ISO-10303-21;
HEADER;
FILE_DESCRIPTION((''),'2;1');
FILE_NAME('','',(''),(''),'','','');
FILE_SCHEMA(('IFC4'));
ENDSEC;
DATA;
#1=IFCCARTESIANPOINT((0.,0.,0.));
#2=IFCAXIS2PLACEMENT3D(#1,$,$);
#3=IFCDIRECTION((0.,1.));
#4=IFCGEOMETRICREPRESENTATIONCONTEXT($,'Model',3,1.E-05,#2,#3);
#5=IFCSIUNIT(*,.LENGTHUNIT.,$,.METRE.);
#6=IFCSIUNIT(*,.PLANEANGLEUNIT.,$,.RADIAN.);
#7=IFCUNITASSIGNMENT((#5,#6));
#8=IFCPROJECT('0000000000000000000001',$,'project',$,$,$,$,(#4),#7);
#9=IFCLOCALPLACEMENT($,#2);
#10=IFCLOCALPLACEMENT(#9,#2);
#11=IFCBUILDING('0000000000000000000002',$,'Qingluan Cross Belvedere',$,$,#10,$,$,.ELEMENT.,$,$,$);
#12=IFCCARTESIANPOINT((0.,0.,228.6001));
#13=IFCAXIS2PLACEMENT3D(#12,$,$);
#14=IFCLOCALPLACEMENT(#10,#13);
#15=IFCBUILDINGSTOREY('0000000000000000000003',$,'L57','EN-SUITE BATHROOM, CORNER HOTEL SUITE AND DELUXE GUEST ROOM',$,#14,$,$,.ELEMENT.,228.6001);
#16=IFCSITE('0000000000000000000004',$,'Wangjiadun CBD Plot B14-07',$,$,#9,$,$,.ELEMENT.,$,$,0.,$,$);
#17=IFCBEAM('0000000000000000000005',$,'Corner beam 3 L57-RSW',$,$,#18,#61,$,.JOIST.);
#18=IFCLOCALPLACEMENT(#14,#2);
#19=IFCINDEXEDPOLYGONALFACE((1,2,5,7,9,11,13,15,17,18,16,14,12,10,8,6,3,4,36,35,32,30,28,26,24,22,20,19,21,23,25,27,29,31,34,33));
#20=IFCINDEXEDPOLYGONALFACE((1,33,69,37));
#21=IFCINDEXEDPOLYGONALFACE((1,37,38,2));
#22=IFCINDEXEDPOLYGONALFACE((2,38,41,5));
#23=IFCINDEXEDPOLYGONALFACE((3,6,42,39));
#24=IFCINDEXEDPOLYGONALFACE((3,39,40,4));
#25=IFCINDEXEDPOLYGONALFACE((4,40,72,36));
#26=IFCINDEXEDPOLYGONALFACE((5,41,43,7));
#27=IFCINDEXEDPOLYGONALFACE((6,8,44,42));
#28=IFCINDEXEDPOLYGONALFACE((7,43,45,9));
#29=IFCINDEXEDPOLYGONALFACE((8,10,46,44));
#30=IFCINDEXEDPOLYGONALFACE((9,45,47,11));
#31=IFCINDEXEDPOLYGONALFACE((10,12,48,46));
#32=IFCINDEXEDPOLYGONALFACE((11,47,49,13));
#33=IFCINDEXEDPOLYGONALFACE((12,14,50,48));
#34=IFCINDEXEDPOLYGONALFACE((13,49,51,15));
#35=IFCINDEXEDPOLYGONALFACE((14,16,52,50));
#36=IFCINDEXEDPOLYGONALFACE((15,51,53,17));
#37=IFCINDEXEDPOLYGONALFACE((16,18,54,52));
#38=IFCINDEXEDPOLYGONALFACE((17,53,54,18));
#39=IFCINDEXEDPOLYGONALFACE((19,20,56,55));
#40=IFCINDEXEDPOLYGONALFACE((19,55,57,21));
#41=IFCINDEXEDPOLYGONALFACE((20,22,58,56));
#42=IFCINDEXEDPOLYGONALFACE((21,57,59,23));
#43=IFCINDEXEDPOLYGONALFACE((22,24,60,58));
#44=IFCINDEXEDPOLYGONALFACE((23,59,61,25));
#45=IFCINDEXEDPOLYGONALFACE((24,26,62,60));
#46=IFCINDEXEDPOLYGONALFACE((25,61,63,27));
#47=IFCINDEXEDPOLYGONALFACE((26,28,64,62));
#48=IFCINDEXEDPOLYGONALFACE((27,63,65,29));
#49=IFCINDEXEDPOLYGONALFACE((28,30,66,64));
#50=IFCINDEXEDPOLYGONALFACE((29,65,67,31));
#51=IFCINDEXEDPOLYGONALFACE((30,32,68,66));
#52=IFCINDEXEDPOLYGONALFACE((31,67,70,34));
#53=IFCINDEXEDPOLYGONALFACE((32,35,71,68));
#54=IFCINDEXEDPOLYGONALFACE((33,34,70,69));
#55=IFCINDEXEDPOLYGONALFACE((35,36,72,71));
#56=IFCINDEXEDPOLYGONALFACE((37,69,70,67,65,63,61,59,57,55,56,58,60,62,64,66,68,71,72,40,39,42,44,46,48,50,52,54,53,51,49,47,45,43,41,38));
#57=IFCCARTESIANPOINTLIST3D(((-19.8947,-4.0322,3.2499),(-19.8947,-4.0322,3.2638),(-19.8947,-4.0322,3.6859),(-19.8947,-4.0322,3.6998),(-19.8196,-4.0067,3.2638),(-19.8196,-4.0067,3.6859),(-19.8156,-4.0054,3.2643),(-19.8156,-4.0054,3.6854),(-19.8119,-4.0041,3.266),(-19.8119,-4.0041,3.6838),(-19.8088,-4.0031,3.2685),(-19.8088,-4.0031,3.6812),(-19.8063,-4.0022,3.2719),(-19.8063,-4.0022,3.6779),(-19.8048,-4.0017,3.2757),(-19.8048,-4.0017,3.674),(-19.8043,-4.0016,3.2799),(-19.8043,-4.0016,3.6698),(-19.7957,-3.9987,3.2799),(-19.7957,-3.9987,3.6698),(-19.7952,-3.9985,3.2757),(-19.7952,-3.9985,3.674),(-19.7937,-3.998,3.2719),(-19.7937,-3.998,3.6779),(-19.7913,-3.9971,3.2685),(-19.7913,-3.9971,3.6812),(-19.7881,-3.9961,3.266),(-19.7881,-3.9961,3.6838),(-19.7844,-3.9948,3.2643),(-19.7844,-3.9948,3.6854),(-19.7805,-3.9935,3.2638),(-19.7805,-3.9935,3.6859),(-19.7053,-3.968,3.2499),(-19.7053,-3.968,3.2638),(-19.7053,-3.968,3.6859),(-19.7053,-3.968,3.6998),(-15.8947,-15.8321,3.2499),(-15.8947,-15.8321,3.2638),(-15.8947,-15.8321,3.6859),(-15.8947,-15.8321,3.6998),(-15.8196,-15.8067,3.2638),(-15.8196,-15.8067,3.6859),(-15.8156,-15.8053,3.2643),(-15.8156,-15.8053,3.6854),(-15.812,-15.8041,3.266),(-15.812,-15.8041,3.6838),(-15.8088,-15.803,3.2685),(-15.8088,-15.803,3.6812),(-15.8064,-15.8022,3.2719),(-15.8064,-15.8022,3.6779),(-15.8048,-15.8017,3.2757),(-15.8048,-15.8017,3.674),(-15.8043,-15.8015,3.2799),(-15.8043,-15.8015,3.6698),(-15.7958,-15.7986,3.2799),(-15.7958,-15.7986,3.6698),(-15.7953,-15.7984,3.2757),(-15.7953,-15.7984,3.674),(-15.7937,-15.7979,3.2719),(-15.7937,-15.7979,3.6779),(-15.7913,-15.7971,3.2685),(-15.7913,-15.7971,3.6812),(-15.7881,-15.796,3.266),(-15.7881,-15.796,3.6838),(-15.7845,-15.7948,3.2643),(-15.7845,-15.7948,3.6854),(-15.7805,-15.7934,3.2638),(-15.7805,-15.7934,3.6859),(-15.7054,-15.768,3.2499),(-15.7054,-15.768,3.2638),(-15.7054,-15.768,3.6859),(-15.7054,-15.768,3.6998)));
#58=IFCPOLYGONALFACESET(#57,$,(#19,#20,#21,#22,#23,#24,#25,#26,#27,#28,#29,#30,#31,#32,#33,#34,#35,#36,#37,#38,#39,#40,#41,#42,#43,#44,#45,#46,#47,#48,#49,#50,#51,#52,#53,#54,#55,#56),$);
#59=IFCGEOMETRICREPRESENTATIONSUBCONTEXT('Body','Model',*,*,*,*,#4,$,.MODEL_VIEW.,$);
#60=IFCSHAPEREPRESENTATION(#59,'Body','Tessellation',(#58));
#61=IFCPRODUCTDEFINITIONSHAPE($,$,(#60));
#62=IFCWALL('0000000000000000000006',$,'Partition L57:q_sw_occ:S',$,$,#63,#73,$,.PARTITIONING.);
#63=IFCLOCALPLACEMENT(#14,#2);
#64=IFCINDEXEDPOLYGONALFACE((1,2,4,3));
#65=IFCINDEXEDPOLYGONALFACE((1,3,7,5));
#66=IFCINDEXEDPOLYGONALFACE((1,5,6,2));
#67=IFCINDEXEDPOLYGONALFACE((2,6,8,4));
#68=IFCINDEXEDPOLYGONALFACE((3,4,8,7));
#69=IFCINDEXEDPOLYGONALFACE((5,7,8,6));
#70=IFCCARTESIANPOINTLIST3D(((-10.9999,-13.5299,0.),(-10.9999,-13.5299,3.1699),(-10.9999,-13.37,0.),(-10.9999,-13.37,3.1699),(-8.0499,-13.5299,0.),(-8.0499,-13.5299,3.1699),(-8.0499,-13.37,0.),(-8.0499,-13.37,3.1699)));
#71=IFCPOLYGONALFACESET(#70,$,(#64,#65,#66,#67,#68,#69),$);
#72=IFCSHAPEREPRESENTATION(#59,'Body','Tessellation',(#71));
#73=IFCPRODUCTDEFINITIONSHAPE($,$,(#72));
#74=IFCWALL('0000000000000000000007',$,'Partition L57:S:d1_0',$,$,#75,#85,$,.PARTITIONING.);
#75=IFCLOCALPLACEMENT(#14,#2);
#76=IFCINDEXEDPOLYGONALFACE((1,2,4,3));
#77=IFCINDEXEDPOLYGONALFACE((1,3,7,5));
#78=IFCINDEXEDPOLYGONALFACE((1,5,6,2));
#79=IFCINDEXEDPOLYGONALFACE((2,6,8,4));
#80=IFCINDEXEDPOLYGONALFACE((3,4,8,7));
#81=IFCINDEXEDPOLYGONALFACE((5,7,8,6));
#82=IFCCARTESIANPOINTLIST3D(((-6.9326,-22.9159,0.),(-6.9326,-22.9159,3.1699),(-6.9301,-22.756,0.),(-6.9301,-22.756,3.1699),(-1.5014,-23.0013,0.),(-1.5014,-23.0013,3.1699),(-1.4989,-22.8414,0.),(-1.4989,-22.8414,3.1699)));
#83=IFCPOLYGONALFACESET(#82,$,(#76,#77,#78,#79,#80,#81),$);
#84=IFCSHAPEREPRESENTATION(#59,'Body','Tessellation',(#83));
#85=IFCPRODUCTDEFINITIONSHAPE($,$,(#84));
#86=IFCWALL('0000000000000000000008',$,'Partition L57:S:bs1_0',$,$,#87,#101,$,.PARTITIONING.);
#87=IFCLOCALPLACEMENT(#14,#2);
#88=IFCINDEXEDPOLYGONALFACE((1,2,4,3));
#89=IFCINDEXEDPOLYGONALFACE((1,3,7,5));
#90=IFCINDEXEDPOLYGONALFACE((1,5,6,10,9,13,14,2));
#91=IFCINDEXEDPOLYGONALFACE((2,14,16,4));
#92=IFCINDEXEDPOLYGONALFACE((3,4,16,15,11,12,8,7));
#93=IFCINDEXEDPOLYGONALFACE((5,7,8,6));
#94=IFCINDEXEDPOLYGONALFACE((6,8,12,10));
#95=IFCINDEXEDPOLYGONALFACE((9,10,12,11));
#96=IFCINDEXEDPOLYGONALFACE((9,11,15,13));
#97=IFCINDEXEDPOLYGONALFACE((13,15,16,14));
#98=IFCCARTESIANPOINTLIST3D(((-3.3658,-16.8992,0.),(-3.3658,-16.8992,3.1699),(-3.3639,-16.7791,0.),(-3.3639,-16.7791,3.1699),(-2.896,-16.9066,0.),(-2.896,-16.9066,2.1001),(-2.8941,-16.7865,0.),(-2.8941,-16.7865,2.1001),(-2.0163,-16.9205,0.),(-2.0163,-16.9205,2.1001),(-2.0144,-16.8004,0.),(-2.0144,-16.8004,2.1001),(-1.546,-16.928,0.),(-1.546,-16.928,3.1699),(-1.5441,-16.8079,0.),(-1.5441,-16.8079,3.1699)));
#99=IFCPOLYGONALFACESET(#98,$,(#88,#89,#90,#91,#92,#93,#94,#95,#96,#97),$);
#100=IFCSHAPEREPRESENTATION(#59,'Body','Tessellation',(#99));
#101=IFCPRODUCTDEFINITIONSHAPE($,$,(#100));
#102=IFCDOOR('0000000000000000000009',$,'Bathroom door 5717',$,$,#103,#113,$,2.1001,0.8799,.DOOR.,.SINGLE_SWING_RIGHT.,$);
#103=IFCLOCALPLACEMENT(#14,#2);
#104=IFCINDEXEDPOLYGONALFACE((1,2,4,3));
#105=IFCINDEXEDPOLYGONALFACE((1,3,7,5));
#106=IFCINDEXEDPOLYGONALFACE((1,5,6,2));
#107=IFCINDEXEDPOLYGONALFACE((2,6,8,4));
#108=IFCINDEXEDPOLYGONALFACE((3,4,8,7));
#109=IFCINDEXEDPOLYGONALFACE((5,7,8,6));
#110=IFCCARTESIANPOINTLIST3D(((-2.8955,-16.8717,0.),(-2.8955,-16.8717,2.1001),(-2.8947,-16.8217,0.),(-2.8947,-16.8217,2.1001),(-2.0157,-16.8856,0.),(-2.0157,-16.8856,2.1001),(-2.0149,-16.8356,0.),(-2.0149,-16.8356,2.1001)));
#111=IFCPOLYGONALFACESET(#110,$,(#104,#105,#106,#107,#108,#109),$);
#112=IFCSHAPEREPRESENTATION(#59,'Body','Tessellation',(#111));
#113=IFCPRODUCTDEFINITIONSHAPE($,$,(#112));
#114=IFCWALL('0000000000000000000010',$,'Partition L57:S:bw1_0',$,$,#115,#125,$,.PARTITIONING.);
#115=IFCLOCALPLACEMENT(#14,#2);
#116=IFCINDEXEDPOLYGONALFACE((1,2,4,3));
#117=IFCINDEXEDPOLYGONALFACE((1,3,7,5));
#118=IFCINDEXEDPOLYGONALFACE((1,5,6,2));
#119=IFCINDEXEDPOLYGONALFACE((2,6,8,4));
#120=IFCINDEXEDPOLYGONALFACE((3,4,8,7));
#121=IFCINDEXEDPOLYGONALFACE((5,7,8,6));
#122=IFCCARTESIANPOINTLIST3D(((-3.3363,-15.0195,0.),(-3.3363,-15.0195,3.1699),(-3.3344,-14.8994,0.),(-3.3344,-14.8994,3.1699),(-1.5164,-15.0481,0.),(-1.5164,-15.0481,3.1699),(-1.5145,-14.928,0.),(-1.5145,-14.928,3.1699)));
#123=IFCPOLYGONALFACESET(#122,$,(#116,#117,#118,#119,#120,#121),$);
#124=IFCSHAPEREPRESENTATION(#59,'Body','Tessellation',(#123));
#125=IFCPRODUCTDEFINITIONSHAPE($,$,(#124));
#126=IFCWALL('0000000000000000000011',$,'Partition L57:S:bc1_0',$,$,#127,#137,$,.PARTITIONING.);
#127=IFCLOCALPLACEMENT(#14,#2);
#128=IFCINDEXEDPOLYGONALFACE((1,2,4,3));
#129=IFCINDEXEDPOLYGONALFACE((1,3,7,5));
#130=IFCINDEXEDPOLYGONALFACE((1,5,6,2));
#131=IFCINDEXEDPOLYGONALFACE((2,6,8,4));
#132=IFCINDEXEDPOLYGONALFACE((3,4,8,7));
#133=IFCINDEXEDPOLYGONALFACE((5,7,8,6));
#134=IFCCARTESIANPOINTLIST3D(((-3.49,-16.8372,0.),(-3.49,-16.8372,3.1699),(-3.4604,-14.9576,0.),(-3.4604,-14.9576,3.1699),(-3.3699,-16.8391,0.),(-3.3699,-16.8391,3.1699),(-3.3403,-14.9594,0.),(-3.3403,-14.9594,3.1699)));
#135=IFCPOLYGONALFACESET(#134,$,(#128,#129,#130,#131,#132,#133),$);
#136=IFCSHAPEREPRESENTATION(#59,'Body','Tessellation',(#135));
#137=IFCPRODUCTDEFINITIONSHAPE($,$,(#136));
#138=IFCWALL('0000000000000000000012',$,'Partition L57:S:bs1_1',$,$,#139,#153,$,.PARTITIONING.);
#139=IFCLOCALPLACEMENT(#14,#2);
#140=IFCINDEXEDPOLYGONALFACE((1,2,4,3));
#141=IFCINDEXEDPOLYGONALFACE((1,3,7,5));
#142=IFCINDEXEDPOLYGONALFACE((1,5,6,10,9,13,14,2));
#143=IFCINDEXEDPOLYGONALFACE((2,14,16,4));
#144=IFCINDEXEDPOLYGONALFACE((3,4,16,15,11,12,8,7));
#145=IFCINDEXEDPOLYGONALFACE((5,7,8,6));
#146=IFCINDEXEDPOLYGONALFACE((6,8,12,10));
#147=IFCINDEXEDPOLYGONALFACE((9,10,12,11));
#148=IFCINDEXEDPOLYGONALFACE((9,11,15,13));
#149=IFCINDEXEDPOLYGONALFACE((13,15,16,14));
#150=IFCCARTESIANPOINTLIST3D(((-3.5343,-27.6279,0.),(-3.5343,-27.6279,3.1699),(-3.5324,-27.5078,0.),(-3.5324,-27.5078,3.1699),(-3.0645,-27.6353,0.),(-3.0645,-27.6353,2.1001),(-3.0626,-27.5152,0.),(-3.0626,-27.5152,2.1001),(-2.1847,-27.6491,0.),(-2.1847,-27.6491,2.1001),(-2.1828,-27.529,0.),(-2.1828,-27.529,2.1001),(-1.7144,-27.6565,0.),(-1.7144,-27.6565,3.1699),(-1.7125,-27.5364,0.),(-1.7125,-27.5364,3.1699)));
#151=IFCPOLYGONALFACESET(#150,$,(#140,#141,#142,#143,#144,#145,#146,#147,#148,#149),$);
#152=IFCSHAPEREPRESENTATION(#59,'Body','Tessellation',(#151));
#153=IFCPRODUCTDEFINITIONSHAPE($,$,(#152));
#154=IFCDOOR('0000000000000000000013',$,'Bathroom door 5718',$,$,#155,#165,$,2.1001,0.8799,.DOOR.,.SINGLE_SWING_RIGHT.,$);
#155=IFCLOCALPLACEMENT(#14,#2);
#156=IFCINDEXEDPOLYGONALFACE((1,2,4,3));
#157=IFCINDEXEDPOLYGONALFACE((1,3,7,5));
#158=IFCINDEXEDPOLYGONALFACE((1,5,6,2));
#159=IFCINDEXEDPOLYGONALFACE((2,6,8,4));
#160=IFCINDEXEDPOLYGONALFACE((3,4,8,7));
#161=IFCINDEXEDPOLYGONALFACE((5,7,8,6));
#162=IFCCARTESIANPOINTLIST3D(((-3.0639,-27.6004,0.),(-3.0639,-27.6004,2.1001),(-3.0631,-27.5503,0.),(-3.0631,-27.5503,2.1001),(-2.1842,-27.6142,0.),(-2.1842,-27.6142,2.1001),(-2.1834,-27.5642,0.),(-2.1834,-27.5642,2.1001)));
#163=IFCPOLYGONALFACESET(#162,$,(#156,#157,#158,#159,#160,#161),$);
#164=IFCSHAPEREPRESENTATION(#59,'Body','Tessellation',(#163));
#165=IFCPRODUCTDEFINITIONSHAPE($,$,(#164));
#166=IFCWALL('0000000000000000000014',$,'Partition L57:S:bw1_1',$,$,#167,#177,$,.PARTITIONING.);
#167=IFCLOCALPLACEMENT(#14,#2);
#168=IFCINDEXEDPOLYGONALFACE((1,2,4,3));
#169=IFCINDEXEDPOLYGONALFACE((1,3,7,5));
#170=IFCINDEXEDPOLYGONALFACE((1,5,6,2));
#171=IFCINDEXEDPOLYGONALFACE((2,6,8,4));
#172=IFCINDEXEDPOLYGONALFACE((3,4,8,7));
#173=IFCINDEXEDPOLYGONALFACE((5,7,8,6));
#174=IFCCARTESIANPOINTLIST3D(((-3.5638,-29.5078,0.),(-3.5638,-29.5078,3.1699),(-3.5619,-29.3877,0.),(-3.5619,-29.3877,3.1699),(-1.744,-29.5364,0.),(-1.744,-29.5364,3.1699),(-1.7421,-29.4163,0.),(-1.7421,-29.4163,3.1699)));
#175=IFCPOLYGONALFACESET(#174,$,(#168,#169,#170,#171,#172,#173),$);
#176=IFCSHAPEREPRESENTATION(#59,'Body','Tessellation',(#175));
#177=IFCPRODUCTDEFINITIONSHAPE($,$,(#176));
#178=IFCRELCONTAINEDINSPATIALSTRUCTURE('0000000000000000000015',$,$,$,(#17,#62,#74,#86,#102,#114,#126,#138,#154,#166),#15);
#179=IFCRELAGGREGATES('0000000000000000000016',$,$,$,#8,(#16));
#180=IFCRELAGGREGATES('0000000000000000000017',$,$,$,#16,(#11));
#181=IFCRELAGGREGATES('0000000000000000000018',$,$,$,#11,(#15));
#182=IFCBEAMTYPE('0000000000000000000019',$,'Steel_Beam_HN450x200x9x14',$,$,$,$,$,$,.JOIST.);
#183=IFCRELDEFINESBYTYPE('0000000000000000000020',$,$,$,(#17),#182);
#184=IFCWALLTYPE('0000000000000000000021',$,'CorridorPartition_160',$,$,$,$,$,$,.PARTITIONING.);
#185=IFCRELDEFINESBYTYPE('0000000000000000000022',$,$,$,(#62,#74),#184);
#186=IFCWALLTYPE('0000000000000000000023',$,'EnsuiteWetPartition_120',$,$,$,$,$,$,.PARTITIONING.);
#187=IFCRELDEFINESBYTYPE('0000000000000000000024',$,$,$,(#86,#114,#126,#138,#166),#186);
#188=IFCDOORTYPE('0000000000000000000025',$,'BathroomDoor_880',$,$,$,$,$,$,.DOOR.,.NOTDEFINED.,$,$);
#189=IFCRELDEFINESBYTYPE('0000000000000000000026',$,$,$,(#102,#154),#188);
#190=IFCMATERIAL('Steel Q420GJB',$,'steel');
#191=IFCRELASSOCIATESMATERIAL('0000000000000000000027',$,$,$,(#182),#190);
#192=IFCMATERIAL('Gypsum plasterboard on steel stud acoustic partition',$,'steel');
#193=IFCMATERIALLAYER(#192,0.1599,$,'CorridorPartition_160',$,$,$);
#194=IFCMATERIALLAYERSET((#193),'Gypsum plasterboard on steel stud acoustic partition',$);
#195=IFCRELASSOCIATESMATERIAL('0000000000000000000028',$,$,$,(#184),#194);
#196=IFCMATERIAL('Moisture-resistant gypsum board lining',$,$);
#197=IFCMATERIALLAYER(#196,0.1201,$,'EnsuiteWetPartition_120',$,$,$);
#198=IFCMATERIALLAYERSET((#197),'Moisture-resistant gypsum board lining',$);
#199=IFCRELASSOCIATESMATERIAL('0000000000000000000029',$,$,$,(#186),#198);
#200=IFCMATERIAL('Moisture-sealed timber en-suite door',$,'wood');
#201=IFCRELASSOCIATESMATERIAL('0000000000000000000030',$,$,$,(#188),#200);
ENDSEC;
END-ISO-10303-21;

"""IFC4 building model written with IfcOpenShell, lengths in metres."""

from ifc_helpers import new_model, si_unit, direction, frame, frame_2d, origin, origin_2d, place, context, subcontext, project, spatial, rectangle, i_section, extrude, material, layer, layer_set, material_profile, profile_set, type_object, element, fill, save


model = new_model("IFC4")

# Units and contexts
model_context = context("Model", 3, precision=1e-05, world=origin(), true_north=direction((0.0, 1.0)))
body_context = subcontext(model_context, "Body", "Model", "MODEL_VIEW")
ifc_project = project(units=[si_unit("LENGTHUNIT", "METRE"), si_unit("PLANEANGLEUNIT", "RADIAN")], contexts=[model_context])

# Site, building, storey
site_placement = place(None, origin())
site = spatial("IfcSite", under=ifc_project, at=site_placement, Name="Wangjiadun CBD Plot B14-07", CompositionType="ELEMENT", RefElevation=0.0)
building_placement = place(site_placement, origin())
building = spatial("IfcBuilding", under=site, at=building_placement, Name="Qingluan Cross Belvedere", CompositionType="ELEMENT")
storey_placement = place(building_placement, frame((0.0, 0.0, 228.6001)))
storey = spatial("IfcBuildingStorey", under=building, at=storey_placement, Name="L57", Description="EN-SUITE BATHROOM, CORNER HOTEL SUITE AND DELUXE GUEST ROOM", CompositionType="ELEMENT", Elevation=228.6001)

# Beam
ifc_material_1 = material(Name="Steel Q420GJB", Category="steel")
ifc_material_profile_1 = material_profile(ifc_material_1, i_section(OverallWidth=0.2, OverallDepth=0.45, WebThickness=0.009, FlangeThickness=0.0139, FilletRadius=0.0161, at=origin_2d()), Name="HN450x200x9x14")
ifc_profile_set_1 = profile_set([ifc_material_profile_1], Name="Steel Q420GJB")
beam_type_1 = type_object("IfcBeamType", Name="Steel_Beam_HN450x200x9x14", PredefinedType="JOIST", material=ifc_profile_set_1)
for number, where, z_axis, x_axis, name in (
    (1, (-15.8, -15.8, 3.4749), (-0.321038, 0.947066, 0.0), (-0.947066, -0.321038, 0.0), "Corner beam 3 L57-RSW"),
):
    element("IfcBeam", number, at=place(storey_placement, frame(where, z_axis=z_axis, x_axis=x_axis)), inside=storey, type_object=beam_type_1, Name=name, PredefinedType="JOIST", context=body_context, shape_type="SweptSolid", body=[
        extrude(i_section(OverallWidth=0.2, OverallDepth=0.45, WebThickness=0.009, FlangeThickness=0.0139, FilletRadius=0.0161, at=origin_2d()), origin(), (0.0, 0.0, 1.0), 12.4595),
    ])

# Walls
ifc_material_2 = material(Name="Gypsum plasterboard on steel stud acoustic partition", Category="steel")
ifc_layer_1 = layer(ifc_material_2, 0.1599, Name="CorridorPartition_160")
ifc_layer_set_1 = layer_set([ifc_layer_1], Name="Gypsum plasterboard on steel stud acoustic partition")
wall_type_1 = type_object("IfcWallType", Name="CorridorPartition_160", PredefinedType="PARTITIONING", material=ifc_layer_set_1)
wall_1_placement = place(storey_placement, frame((-11.0, -13.45, 0.0), z_axis=(0.0, 0.0, 1.0), x_axis=(1.0, 0.0, 0.0)))
element("IfcWall", 2, at=wall_1_placement, inside=storey, type_object=wall_type_1, Name="Partition L57:q_sw_occ:S", PredefinedType="PARTITIONING", context=body_context, shape_type="SweptSolid", body=[
    extrude(rectangle(XDim=2.95, YDim=0.1599, at=frame_2d((1.4751, 0.0))), origin(), (0.0, 0.0, 1.0), 3.1699),
])
wall_2_placement = place(storey_placement, frame((-1.5002, -22.9214, 0.0), z_axis=(0.0, 0.0, 1.0), x_axis=(-0.999876, 0.015731, 0.0)))
element("IfcWall", 3, at=wall_2_placement, inside=storey, type_object=wall_type_1, Name="Partition L57:S:d1_0", PredefinedType="PARTITIONING", context=body_context, shape_type="SweptSolid", body=[
    extrude(rectangle(XDim=5.4319, YDim=0.1599, at=frame_2d((2.7158, 0.0))), origin(), (0.0, 0.0, 1.0), 3.1699),
])

# Wall, opening, door
ifc_material_3 = material(Name="Moisture-resistant gypsum board lining")
ifc_layer_2 = layer(ifc_material_3, 0.1201, Name="EnsuiteWetPartition_120")
ifc_layer_set_2 = layer_set([ifc_layer_2], Name="Moisture-resistant gypsum board lining")
wall_type_2 = type_object("IfcWallType", Name="EnsuiteWetPartition_120", PredefinedType="PARTITIONING", material=ifc_layer_set_2)
wall_3_placement = place(storey_placement, frame((-3.365, -16.8391, 0.0), z_axis=(0.0, 0.0, 1.0), x_axis=(0.999875, -0.015828, 0.0)))
wall_3 = element("IfcWall", 4, at=wall_3_placement, inside=storey, type_object=wall_type_2, Name="Partition L57:S:bs1_0", PredefinedType="PARTITIONING", context=body_context, shape_type="SweptSolid", body=[
    extrude(rectangle(XDim=1.8201, YDim=0.1201, at=frame_2d((0.9102, 0.0))), origin(), (0.0, 0.0, 1.0), 3.1699),
])
opening_1_placement = place(wall_3_placement, frame((0.47, 0.0, 0.0)))
opening_1 = element("IfcOpeningElement", 5, at=opening_1_placement, cuts=wall_3, PredefinedType="OPENING", context=body_context, shape_type="SweptSolid", body=[
    extrude(rectangle(XDim=0.8799, YDim=2.1001, at=frame_2d((0.4399, 1.05))), frame((0.0, 0.0701, 0.0), z_axis=(0.0, -1.0, 0.0), x_axis=(1.0, 0.0, 0.0)), (0.0, 0.0, 1.0), 0.1401),
])
ifc_material_4 = material(Name="Moisture-sealed timber en-suite door", Category="wood")
door_type = type_object("IfcDoorType", Name="BathroomDoor_880", OperationType="NOTDEFINED", PredefinedType="DOOR", material=ifc_material_4)
door_1_placement = place(opening_1_placement, origin())
door_1 = element("IfcDoor", 6, at=door_1_placement, inside=storey, type_object=door_type, Name="Bathroom door 5717", OperationType="SINGLE_SWING_RIGHT", OverallHeight=2.1001, OverallWidth=0.8799, PredefinedType="DOOR", context=body_context, shape_type="SweptSolid", body=[
    extrude(rectangle(XDim=0.8799, YDim=2.1001, at=frame_2d((0.4399, 1.05))), frame((0.0, 0.0249, 0.0), z_axis=(0.0, -1.0, 0.0), x_axis=(1.0, 0.0, 0.0)), (0.0, 0.0, 1.0), 0.05),
])
fill(opening_1, door_1)

# Walls
wall_4_placement = place(storey_placement, frame((-3.3354, -14.9595, 0.0), z_axis=(0.0, 0.0, 1.0), x_axis=(0.999877, -0.015694, 0.0)))
element("IfcWall", 7, at=wall_4_placement, inside=storey, type_object=wall_type_2, Name="Partition L57:S:bw1_0", PredefinedType="PARTITIONING", context=body_context, shape_type="SweptSolid", body=[
    extrude(rectangle(XDim=1.8201, YDim=0.1201, at=frame_2d((0.9102, 0.0))), origin(), (0.0, 0.0, 1.0), 3.1699),
])
wall_5_placement = place(storey_placement, frame((-3.4004, -14.9585, 0.0), z_axis=(0.0, 0.0, 1.0), x_axis=(-0.015714, -0.999877, 0.0)))
element("IfcWall", 8, at=wall_5_placement, inside=storey, type_object=wall_type_2, Name="Partition L57:S:bc1_0", PredefinedType="PARTITIONING", context=body_context, shape_type="SweptSolid", body=[
    extrude(rectangle(XDim=1.8799, YDim=0.1201, at=frame_2d((0.9399, 0.0))), origin(), (0.0, 0.0, 1.0), 3.1699),
])

# Wall, opening, door
wall_6_placement = place(storey_placement, frame((-3.5334, -27.5679, 0.0), z_axis=(0.0, 0.0, 1.0), x_axis=(0.999877, -0.015694, 0.0)))
wall_6 = element("IfcWall", 9, at=wall_6_placement, inside=storey, type_object=wall_type_2, Name="Partition L57:S:bs1_1", PredefinedType="PARTITIONING", context=body_context, shape_type="SweptSolid", body=[
    extrude(rectangle(XDim=1.8201, YDim=0.1201, at=frame_2d((0.9102, 0.0))), origin(), (0.0, 0.0, 1.0), 3.1699),
])
opening_2_placement = place(wall_6_placement, frame((0.47, 0.0, 0.0)))
opening_2 = element("IfcOpeningElement", 10, at=opening_2_placement, cuts=wall_6, PredefinedType="OPENING", context=body_context, shape_type="SweptSolid", body=[
    extrude(rectangle(XDim=0.8799, YDim=2.1001, at=frame_2d((0.4399, 1.05))), frame((0.0, 0.0701, 0.0), z_axis=(0.0, -1.0, 0.0), x_axis=(1.0, 0.0, 0.0)), (0.0, 0.0, 1.0), 0.1401),
])
door_2_placement = place(opening_2_placement, origin())
door_2 = element("IfcDoor", 11, at=door_2_placement, inside=storey, type_object=door_type, Name="Bathroom door 5718", OperationType="SINGLE_SWING_RIGHT", OverallHeight=2.1001, OverallWidth=0.8799, PredefinedType="DOOR", context=body_context, shape_type="SweptSolid", body=[
    extrude(rectangle(XDim=0.8799, YDim=2.1001, at=frame_2d((0.4399, 1.05))), frame((0.0, 0.0249, 0.0), z_axis=(0.0, -1.0, 0.0), x_axis=(1.0, 0.0, 0.0)), (0.0, 0.0, 1.0), 0.05),
])
fill(opening_2, door_2)

# Wall
wall_7_placement = place(storey_placement, frame((-3.563, -29.4478, 0.0), z_axis=(0.0, 0.0, 1.0), x_axis=(0.999877, -0.015694, 0.0)))
element("IfcWall", 12, at=wall_7_placement, inside=storey, type_object=wall_type_2, Name="Partition L57:S:bw1_1", PredefinedType="PARTITIONING", context=body_context, shape_type="SweptSolid", body=[
    extrude(rectangle(XDim=1.8201, YDim=0.1201, at=frame_2d((0.9102, 0.0))), origin(), (0.0, 0.0, 1.0), 3.1699),
])

save(model, "model.ifc")
